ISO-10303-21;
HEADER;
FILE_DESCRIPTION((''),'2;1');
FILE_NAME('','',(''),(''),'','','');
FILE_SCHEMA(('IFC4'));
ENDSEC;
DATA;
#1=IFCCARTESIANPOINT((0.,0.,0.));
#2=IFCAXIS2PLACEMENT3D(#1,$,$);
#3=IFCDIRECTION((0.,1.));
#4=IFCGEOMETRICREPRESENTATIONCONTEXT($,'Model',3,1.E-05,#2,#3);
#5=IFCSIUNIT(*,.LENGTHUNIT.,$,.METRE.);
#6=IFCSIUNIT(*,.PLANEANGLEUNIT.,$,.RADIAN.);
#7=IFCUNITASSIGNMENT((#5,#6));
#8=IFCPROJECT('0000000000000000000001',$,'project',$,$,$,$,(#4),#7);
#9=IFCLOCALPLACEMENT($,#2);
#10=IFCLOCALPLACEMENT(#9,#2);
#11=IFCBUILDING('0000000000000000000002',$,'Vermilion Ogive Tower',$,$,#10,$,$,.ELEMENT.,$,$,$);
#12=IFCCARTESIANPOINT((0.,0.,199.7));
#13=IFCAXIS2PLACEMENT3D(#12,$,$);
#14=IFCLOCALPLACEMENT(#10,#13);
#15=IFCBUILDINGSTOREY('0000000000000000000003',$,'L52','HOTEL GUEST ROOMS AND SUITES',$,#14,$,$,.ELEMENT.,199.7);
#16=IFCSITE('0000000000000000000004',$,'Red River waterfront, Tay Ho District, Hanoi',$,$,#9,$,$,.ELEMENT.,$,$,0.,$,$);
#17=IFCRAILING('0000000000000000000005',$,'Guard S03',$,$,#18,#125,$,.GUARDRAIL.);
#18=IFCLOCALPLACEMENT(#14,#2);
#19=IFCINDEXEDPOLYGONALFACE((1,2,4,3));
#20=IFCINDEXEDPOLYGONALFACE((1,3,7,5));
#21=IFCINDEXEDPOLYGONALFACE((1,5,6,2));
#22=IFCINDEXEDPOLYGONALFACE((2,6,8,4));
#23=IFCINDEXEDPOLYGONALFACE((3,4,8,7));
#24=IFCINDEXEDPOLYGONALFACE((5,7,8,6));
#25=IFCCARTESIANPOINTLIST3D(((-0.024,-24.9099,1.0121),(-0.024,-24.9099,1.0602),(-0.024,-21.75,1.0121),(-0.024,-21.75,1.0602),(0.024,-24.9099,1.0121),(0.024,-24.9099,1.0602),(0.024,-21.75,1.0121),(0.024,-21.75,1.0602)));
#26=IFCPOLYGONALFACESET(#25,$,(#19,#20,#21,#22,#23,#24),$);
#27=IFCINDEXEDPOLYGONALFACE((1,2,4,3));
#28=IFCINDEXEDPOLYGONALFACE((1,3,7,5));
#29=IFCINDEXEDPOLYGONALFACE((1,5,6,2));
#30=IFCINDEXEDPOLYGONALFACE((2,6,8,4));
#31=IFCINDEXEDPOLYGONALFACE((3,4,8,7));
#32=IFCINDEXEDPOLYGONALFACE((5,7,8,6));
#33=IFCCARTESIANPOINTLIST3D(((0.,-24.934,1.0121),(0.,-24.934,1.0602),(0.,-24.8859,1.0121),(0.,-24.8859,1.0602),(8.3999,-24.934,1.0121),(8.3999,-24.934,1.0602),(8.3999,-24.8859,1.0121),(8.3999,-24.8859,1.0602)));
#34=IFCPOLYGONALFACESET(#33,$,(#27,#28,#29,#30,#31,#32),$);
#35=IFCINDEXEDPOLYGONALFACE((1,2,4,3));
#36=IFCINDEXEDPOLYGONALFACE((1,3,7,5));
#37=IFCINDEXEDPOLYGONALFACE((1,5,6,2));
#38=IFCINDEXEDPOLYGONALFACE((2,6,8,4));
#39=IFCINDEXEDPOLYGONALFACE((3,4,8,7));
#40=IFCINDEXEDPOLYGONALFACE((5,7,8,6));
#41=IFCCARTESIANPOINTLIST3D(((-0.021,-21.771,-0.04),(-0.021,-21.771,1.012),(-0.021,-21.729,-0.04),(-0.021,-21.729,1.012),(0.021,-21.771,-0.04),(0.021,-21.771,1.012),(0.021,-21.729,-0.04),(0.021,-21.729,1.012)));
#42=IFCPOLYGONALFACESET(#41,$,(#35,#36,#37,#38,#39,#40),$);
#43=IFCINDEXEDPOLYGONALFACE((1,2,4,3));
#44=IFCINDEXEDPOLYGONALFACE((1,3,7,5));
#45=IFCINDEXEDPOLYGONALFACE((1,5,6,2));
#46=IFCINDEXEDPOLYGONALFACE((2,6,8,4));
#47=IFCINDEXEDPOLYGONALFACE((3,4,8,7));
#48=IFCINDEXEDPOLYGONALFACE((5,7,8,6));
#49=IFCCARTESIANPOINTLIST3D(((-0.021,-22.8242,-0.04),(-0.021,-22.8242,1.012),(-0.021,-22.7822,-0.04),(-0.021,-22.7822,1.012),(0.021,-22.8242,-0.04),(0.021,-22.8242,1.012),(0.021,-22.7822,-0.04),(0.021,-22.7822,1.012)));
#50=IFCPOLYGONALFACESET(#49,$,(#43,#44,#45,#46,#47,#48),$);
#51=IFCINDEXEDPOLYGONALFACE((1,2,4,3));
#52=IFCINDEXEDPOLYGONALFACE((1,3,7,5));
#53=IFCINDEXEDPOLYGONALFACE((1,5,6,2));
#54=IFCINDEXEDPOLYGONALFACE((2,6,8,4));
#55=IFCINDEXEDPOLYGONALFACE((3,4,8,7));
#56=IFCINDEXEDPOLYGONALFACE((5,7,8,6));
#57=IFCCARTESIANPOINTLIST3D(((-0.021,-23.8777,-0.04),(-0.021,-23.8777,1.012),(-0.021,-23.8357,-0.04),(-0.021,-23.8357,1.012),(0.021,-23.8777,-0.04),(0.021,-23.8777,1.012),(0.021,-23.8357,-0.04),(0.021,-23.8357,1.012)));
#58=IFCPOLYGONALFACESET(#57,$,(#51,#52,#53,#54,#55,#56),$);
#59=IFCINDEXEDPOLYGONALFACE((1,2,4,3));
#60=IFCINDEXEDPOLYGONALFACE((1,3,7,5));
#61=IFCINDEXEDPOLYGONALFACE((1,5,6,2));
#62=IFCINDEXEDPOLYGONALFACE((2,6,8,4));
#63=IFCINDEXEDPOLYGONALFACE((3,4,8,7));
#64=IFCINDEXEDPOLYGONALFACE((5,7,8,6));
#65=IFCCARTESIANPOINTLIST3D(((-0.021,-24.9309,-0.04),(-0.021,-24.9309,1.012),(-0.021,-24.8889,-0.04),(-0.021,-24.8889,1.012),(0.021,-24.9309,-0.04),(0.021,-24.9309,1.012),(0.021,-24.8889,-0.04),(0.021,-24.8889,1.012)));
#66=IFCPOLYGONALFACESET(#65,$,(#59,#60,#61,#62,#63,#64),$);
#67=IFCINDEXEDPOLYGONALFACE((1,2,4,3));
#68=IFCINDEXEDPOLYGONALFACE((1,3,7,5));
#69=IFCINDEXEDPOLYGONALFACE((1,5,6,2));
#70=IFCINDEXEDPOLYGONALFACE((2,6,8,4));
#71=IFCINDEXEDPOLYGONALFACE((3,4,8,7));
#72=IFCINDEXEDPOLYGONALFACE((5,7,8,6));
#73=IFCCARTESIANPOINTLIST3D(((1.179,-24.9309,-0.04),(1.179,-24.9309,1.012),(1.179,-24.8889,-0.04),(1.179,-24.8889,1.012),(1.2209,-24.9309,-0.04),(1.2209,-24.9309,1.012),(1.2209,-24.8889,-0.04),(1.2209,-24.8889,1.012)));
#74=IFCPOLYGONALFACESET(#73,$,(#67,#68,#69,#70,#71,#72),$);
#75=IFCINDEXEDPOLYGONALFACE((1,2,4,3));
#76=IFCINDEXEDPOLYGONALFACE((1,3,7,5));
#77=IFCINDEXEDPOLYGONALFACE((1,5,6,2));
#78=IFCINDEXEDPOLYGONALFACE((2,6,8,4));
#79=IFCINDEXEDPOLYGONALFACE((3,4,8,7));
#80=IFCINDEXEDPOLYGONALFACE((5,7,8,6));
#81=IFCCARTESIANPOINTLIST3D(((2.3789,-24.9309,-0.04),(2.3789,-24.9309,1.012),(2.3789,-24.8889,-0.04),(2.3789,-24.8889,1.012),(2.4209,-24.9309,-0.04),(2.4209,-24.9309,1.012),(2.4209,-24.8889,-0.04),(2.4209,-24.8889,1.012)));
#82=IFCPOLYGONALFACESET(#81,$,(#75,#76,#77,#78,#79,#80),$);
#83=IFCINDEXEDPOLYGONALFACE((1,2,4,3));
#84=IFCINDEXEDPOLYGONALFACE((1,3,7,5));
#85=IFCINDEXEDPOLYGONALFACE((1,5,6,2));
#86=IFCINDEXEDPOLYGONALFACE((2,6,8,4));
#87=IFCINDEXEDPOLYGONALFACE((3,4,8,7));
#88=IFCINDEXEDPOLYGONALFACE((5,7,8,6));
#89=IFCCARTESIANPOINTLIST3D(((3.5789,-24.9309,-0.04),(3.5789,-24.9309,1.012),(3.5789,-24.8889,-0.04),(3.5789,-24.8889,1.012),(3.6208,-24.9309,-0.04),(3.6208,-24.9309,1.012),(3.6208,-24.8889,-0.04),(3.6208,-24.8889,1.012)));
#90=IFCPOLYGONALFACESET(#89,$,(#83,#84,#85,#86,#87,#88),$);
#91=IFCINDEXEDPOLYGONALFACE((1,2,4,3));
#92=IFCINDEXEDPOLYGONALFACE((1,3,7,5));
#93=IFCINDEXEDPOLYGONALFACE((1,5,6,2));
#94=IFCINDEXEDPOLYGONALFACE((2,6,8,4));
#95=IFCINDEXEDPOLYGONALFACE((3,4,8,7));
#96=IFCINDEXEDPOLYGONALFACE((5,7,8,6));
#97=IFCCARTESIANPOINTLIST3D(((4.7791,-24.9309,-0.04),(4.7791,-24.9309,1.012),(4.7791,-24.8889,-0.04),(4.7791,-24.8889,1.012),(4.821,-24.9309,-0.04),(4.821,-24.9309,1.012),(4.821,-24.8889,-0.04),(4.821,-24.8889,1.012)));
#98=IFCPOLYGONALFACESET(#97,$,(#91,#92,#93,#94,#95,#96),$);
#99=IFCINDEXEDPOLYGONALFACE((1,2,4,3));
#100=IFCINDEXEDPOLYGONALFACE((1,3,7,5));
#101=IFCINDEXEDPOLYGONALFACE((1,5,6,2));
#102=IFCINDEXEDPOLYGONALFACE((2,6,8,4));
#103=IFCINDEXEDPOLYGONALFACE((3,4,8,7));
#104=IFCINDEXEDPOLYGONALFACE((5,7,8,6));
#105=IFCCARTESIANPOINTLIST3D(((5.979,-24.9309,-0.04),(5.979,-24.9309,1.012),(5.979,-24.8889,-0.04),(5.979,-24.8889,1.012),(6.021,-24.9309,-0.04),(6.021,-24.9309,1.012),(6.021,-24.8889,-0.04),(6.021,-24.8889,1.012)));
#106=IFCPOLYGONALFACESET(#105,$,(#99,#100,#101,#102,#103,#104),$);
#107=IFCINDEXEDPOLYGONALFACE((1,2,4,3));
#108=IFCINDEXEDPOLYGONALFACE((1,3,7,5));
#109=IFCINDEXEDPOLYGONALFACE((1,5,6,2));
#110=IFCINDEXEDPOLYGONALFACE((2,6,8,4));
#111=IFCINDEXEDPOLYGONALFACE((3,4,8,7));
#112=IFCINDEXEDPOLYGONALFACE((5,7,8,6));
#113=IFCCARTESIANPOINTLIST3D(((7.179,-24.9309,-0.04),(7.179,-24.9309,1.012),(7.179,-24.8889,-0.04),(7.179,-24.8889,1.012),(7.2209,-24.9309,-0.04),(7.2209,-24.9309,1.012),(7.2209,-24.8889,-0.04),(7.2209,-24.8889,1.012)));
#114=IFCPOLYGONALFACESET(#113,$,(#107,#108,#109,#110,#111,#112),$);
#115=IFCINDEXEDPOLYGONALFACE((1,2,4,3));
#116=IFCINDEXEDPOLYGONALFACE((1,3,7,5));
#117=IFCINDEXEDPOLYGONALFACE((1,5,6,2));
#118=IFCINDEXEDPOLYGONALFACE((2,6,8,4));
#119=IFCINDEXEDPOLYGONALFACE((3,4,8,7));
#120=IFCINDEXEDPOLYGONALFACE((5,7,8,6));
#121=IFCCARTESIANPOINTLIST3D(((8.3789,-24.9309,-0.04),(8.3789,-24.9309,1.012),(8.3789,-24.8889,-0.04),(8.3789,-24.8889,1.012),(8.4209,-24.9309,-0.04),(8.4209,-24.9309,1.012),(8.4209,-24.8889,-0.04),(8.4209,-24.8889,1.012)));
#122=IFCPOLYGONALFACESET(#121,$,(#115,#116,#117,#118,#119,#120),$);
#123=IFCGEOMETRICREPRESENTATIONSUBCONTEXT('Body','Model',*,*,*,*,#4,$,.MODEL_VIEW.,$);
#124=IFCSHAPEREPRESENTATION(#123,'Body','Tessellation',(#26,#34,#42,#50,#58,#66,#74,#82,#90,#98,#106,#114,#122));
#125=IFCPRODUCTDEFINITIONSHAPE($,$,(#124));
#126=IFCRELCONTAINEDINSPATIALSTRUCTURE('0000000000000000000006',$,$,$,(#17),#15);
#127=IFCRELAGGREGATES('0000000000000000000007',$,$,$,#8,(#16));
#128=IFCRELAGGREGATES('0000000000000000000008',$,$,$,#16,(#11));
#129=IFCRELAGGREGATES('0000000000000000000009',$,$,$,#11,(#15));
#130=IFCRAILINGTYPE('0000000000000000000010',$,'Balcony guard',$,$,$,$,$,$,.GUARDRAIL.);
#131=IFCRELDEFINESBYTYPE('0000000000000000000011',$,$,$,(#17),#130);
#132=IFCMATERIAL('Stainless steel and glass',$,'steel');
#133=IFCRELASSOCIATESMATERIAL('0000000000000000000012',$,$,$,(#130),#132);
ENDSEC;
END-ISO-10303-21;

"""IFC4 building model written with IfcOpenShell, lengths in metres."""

from ifc_helpers import new_model, si_unit, direction, frame, origin, origin_2d, place, context, subcontext, project, spatial, rectangle, extrude, material, type_object, element, save


model = new_model("IFC4")

# Units and contexts
model_context = context("Model", 3, precision=1e-05, world=origin(), true_north=direction((0.0, 1.0)))
body_context = subcontext(model_context, "Body", "Model", "MODEL_VIEW")
ifc_project = project(units=[si_unit("LENGTHUNIT", "METRE"), si_unit("PLANEANGLEUNIT", "RADIAN")], contexts=[model_context])

# Site, building, storey
site_placement = place(None, origin())
site = spatial("IfcSite", under=ifc_project, at=site_placement, Name="Red River waterfront, Tay Ho District, Hanoi", CompositionType="ELEMENT", RefElevation=0.0)
building_placement = place(site_placement, origin())
building = spatial("IfcBuilding", under=site, at=building_placement, Name="Vermilion Ogive Tower", CompositionType="ELEMENT")
storey_placement = place(building_placement, frame((0.0, 0.0, 199.7)))
storey = spatial("IfcBuildingStorey", under=building, at=storey_placement, Name="L52", Description="HOTEL GUEST ROOMS AND SUITES", CompositionType="ELEMENT", Elevation=199.7)

# Railing
ifc_material_1 = material(Name="Stainless steel and glass", Category="steel")
railing_type_1 = type_object("IfcRailingType", Name="Balcony guard", PredefinedType="GUARDRAIL", material=ifc_material_1)
railing_1_placement = place(storey_placement, frame((0.0, -21.75, -0.04)))
element("IfcRailing", 1, at=railing_1_placement, inside=storey, type_object=railing_type_1, Name="Guard S03", PredefinedType="GUARDRAIL", context=body_context, shape_type="SweptSolid", body=[
    extrude(rectangle(XDim=0.0481, YDim=0.0481, at=origin_2d()), frame((0.0, 0.0, 1.0762), z_axis=(0.0, -1.0, 0.0), x_axis=(1.0, 0.0, 0.0)), (0.0, 0.0, 1.0), 3.1599),
    extrude(rectangle(XDim=0.0481, YDim=0.0481, at=origin_2d()), frame((0.0, -3.1599, 1.0762), z_axis=(1.0, 0.0, 0.0), x_axis=(0.0, 1.0, 0.0)), (0.0, 0.0, 1.0), 8.3999),
    extrude(rectangle(XDim=0.042, YDim=0.042, at=origin_2d()), origin(), (0.0, 0.0, 1.0), 1.052),
    extrude(rectangle(XDim=0.042, YDim=0.042, at=origin_2d()), frame((0.0, -1.0532, 0.0)), (0.0, 0.0, 1.0), 1.052),
    extrude(rectangle(XDim=0.042, YDim=0.042, at=origin_2d()), frame((0.0, -2.1067, 0.0)), (0.0, 0.0, 1.0), 1.052),
    extrude(rectangle(XDim=0.042, YDim=0.042, at=origin_2d()), frame((0.0, -3.1599, 0.0)), (0.0, 0.0, 1.0), 1.052),
    extrude(rectangle(XDim=0.042, YDim=0.042, at=origin_2d()), frame((1.2, -3.1599, 0.0)), (0.0, 0.0, 1.0), 1.052),
    extrude(rectangle(XDim=0.042, YDim=0.042, at=origin_2d()), frame((2.3999, -3.1599, 0.0)), (0.0, 0.0, 1.0), 1.052),
    extrude(rectangle(XDim=0.042, YDim=0.042, at=origin_2d()), frame((3.5999, -3.1599, 0.0)), (0.0, 0.0, 1.0), 1.052),
    extrude(rectangle(XDim=0.042, YDim=0.042, at=origin_2d()), frame((4.8, -3.1599, 0.0)), (0.0, 0.0, 1.0), 1.052),
    extrude(rectangle(XDim=0.042, YDim=0.042, at=origin_2d()), frame((6.0, -3.1599, 0.0)), (0.0, 0.0, 1.0), 1.052),
    extrude(rectangle(XDim=0.042, YDim=0.042, at=origin_2d()), frame((7.2, -3.1599, 0.0)), (0.0, 0.0, 1.0), 1.052),
    extrude(rectangle(XDim=0.042, YDim=0.042, at=origin_2d()), frame((8.3999, -3.1599, 0.0)), (0.0, 0.0, 1.0), 1.052),
])

save(model, "model.ifc")
